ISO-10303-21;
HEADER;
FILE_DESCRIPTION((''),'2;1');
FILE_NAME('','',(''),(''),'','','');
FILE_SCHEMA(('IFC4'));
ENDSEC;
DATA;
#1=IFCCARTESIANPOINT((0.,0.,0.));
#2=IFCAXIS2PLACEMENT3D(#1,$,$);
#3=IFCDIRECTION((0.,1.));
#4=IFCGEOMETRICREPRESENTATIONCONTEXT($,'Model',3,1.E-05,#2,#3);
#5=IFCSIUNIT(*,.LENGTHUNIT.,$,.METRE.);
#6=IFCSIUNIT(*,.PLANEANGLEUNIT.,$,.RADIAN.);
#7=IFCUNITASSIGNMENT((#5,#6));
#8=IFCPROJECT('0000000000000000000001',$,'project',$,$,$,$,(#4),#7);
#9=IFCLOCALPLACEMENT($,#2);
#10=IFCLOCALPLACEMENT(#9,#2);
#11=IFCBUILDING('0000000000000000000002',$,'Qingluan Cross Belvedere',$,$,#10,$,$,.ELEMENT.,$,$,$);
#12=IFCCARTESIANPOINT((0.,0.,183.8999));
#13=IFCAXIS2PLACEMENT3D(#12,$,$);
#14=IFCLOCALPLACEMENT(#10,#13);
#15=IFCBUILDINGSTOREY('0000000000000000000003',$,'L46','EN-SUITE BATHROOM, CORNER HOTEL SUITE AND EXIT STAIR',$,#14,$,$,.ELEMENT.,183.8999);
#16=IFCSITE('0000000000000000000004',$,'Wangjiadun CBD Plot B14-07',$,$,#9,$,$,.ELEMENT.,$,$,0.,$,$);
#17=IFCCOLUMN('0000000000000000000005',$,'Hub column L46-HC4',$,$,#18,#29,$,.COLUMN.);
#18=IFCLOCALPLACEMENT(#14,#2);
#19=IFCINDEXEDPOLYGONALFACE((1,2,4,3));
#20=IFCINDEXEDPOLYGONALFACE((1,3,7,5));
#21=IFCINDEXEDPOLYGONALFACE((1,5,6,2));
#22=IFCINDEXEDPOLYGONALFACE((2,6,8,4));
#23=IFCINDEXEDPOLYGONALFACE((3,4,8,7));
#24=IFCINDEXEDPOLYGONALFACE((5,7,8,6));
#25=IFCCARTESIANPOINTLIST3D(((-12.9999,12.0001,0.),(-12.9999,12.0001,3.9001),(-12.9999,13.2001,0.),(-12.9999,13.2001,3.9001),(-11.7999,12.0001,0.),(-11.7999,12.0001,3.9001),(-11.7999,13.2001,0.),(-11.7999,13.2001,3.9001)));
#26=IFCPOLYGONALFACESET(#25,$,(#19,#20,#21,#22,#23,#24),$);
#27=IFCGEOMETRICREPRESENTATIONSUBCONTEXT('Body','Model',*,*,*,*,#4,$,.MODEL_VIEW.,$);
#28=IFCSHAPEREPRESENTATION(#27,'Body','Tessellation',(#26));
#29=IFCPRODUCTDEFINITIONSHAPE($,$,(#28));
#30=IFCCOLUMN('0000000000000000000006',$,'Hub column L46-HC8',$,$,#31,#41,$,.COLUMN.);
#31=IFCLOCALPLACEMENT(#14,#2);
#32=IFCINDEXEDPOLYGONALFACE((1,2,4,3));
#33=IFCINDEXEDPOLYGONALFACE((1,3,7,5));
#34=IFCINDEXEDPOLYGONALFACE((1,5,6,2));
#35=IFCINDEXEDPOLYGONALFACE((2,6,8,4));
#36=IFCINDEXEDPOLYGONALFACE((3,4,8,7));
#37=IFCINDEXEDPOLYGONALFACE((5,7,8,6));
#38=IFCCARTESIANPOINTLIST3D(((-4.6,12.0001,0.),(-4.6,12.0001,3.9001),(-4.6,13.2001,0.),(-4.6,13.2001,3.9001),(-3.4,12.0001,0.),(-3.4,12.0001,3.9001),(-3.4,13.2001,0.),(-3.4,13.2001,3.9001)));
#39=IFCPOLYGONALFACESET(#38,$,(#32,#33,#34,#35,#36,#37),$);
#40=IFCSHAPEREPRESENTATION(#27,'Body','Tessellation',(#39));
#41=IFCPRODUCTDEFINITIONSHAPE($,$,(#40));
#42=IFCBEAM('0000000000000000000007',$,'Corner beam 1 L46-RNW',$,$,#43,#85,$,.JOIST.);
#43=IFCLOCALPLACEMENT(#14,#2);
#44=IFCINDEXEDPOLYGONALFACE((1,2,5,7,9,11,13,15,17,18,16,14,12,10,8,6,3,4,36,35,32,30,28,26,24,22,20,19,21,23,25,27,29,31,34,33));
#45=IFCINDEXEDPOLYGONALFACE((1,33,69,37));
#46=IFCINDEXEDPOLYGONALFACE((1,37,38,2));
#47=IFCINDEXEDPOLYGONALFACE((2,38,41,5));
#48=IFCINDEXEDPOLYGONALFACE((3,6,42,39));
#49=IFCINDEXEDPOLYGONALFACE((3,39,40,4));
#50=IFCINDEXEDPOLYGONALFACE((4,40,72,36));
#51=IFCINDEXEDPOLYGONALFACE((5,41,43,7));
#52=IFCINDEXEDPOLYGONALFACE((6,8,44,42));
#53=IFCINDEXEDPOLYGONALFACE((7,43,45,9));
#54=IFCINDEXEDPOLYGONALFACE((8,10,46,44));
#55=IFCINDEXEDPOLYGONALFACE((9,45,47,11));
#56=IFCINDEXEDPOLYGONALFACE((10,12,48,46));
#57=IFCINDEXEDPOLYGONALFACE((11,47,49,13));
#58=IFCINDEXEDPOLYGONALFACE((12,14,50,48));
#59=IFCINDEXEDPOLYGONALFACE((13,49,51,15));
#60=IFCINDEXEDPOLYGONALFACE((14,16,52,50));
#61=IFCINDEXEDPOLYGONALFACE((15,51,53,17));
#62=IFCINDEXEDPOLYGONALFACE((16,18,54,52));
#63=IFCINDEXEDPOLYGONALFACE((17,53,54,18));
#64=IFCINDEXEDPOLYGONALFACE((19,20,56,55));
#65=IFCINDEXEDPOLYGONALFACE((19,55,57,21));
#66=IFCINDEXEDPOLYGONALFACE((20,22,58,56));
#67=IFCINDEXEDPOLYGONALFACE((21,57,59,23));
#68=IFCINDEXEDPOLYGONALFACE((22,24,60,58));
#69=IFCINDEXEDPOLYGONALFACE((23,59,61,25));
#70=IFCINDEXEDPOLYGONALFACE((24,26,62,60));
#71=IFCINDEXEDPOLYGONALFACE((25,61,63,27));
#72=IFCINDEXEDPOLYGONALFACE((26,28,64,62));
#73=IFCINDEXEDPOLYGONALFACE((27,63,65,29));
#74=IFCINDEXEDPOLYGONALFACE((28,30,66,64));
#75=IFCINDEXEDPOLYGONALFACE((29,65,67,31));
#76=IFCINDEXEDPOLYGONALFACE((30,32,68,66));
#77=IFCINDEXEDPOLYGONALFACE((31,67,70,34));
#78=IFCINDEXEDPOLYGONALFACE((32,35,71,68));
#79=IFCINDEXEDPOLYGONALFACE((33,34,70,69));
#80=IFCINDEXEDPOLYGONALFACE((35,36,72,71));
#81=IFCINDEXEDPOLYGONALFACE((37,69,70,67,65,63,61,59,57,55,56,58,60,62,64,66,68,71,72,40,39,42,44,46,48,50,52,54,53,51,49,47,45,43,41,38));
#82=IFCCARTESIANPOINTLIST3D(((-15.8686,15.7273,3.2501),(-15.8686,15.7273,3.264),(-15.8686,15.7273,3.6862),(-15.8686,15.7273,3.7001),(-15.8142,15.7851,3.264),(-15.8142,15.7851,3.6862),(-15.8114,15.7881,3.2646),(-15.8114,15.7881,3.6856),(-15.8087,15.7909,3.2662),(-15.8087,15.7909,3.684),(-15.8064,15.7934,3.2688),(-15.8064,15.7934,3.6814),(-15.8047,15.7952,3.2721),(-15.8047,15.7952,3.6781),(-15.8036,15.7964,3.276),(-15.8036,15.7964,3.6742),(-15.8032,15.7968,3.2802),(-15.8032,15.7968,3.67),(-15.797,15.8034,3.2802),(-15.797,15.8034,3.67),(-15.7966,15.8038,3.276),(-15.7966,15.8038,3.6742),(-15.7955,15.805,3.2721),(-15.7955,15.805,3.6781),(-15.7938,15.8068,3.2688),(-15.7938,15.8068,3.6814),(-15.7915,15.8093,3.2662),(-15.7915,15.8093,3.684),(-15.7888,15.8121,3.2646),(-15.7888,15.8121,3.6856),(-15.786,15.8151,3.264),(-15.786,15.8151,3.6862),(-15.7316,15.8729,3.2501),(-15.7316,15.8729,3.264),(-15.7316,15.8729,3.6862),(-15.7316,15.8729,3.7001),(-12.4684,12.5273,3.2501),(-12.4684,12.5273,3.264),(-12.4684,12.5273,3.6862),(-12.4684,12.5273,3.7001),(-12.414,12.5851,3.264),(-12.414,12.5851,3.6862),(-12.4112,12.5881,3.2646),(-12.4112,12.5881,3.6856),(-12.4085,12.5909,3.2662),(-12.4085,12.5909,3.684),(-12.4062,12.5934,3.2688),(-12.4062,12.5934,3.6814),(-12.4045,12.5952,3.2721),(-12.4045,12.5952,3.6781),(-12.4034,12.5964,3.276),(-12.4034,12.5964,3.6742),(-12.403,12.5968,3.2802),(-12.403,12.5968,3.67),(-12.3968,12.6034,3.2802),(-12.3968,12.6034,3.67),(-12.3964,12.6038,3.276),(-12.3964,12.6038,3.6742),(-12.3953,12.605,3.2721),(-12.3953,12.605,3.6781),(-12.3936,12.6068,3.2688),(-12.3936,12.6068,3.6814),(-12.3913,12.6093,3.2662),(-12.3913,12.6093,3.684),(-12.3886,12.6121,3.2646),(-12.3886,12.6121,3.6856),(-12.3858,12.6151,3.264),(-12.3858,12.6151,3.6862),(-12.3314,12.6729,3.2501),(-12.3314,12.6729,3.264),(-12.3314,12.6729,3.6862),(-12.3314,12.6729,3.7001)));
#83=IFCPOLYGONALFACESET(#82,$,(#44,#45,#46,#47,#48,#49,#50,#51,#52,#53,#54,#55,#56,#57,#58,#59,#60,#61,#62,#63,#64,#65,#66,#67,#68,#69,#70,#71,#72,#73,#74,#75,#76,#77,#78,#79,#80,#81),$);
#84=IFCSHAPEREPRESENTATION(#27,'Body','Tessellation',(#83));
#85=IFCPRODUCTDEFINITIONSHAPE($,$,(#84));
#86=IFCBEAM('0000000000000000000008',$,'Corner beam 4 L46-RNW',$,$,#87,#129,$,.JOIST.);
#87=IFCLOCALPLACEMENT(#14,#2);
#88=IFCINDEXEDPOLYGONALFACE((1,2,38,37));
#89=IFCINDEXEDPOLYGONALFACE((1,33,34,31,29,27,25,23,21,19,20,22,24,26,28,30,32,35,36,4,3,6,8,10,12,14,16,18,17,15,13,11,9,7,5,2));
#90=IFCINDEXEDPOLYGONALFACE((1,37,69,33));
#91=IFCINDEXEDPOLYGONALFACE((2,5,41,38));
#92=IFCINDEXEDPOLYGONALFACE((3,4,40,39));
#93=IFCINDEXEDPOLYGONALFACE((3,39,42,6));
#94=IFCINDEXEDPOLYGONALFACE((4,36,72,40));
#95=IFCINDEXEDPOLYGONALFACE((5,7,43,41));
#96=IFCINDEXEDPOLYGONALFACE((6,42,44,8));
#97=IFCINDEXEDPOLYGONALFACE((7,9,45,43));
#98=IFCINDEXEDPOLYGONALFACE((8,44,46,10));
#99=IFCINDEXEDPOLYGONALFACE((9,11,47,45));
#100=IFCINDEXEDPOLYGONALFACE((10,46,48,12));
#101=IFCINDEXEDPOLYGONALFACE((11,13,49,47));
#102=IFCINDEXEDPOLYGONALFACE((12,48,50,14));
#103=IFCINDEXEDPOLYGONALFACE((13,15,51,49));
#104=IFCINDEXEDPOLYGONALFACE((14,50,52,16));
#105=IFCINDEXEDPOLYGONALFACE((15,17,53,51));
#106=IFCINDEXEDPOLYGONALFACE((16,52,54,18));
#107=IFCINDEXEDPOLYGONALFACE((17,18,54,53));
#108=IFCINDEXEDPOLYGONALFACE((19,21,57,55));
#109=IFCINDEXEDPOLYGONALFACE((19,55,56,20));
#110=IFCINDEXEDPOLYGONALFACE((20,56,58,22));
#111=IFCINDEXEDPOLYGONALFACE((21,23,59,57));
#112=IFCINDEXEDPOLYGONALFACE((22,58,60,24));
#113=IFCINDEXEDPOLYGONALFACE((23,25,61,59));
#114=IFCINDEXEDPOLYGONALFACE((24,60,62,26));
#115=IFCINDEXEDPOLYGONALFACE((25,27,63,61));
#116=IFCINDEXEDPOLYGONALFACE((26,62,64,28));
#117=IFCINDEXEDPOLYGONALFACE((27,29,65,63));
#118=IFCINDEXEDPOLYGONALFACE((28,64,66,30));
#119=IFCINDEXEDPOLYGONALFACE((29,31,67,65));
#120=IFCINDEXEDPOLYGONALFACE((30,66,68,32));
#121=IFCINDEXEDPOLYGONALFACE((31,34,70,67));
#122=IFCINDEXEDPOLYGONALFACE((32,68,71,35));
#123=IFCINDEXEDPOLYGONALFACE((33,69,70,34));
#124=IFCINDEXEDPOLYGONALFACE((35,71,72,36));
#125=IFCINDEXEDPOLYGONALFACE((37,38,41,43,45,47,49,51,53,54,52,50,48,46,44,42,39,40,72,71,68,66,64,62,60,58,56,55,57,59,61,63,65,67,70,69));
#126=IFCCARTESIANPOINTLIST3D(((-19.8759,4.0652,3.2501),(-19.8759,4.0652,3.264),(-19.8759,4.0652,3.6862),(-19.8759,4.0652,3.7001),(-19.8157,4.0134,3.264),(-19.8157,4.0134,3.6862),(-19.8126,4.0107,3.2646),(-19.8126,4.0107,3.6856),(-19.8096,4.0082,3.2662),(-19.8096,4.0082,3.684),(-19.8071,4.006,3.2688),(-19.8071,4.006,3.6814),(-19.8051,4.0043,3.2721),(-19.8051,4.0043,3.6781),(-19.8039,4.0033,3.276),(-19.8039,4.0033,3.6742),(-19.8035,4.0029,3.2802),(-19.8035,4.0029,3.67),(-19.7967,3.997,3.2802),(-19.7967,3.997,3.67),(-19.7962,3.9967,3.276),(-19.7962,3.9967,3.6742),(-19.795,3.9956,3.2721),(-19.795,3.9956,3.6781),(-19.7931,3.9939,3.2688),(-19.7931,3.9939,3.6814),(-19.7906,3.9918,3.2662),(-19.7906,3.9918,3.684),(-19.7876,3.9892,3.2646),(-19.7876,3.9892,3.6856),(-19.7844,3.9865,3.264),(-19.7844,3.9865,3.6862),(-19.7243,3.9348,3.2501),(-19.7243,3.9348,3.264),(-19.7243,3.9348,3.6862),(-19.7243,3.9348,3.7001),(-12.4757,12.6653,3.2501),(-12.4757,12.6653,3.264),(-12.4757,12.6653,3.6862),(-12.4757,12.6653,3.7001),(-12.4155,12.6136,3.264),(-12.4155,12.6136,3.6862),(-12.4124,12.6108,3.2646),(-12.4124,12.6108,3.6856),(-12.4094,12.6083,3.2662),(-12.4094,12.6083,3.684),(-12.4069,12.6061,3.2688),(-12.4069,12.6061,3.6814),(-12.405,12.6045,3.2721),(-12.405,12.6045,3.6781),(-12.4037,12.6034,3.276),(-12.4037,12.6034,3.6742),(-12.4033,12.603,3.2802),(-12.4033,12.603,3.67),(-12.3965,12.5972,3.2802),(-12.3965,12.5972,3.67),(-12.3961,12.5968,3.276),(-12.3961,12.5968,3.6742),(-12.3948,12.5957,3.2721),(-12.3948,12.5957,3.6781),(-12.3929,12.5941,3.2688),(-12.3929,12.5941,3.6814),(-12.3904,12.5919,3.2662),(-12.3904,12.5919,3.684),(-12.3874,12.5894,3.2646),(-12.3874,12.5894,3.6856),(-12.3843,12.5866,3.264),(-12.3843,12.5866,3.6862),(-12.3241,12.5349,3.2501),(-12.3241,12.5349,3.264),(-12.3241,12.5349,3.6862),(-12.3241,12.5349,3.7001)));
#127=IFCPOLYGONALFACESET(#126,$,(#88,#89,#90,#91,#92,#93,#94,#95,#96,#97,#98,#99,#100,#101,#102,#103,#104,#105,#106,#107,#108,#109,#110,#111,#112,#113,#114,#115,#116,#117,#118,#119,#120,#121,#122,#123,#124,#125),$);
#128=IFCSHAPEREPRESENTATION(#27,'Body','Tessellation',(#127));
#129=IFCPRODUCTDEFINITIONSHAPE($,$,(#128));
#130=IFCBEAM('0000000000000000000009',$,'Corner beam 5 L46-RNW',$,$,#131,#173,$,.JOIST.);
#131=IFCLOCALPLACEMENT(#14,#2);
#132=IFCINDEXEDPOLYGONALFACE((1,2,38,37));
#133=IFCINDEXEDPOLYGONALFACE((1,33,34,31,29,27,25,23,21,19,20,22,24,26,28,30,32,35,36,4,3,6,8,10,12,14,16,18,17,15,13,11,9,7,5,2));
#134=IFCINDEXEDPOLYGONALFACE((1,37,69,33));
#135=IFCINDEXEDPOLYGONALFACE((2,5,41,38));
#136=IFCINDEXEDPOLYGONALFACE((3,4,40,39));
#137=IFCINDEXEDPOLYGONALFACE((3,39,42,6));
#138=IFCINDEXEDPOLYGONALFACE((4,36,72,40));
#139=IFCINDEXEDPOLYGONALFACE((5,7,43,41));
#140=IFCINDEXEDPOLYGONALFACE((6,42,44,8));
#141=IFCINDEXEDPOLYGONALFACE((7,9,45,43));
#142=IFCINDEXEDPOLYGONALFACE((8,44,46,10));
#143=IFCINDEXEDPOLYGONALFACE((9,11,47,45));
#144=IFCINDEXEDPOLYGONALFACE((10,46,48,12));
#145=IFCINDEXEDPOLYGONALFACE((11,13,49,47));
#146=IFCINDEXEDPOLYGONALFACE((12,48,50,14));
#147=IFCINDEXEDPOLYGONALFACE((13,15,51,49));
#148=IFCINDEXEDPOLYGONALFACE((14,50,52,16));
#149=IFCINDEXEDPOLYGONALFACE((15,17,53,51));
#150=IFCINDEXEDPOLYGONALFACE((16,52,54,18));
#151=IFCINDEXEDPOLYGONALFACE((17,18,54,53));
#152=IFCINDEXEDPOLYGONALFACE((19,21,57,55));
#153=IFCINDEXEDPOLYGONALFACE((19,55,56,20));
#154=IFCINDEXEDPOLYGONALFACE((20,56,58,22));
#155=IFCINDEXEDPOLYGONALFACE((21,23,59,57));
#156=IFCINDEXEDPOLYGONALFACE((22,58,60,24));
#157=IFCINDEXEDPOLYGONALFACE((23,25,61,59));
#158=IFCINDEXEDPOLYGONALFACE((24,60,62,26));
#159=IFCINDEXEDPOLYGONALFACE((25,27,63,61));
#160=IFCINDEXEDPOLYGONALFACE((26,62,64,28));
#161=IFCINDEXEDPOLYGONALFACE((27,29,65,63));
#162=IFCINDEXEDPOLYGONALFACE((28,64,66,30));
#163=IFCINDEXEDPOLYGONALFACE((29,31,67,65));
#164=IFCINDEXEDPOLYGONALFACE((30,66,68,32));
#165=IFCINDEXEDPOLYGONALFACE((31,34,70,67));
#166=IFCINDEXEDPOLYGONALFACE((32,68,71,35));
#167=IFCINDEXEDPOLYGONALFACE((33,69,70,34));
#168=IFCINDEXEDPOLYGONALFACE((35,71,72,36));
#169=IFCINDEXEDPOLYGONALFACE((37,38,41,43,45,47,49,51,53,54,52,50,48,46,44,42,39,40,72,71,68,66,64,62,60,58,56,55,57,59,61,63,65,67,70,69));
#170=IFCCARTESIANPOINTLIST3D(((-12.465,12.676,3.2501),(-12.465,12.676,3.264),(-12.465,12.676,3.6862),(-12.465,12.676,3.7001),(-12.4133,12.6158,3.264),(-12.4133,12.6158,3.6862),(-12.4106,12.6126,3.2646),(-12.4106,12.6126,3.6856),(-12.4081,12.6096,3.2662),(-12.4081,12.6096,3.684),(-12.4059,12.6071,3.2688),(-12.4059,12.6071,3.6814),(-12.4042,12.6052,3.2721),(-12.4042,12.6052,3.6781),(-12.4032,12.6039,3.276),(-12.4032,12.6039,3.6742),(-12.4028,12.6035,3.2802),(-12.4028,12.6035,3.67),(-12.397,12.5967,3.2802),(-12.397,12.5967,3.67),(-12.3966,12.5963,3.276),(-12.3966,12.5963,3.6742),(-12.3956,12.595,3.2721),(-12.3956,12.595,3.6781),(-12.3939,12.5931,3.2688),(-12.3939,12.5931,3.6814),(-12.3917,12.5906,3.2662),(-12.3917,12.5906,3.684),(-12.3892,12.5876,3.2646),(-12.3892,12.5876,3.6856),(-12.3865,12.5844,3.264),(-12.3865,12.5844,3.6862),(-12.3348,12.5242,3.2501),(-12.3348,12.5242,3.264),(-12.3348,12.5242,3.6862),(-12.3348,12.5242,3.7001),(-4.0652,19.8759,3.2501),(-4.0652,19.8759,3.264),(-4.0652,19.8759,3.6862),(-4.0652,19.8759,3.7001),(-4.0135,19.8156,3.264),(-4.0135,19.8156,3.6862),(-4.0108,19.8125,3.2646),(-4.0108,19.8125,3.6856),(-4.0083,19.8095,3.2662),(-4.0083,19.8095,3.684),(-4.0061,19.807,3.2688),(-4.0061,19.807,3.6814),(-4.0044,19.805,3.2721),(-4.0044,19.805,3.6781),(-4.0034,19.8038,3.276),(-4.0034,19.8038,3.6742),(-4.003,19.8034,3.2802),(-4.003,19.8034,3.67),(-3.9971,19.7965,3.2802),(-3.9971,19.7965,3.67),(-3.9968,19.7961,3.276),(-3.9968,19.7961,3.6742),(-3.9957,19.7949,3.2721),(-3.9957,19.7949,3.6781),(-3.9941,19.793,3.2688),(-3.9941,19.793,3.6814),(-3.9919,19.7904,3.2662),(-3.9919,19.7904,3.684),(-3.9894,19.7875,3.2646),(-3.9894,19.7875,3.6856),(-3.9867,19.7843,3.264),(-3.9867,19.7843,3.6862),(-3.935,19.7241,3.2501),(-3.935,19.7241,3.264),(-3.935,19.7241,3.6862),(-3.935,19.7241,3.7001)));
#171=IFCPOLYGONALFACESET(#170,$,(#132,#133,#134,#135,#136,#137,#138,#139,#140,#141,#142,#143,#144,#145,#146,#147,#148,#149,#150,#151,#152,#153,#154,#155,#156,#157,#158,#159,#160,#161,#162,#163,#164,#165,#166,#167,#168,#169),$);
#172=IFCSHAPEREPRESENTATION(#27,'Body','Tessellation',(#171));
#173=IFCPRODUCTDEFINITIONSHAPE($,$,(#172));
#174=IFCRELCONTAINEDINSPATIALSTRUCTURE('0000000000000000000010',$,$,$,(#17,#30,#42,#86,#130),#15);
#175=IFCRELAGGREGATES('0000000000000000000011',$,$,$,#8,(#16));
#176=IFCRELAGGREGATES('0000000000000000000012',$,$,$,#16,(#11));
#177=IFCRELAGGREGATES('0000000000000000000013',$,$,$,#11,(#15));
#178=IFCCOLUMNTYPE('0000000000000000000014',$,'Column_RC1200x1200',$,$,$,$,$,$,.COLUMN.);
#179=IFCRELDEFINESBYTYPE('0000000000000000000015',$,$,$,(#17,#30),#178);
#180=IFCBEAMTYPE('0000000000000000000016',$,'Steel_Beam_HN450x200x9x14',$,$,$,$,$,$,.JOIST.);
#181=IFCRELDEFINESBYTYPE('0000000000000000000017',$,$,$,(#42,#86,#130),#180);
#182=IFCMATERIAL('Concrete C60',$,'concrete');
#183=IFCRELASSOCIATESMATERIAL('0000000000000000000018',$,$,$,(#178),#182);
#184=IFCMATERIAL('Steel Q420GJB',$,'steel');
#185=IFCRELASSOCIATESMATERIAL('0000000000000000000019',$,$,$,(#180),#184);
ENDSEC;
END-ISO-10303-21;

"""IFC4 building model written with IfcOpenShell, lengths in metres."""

from ifc_helpers import new_model, si_unit, direction, frame, origin, origin_2d, place, context, subcontext, project, spatial, rectangle, i_section, extrude, material, material_profile, profile_set, type_object, element, save


model = new_model("IFC4")

# Units and contexts
model_context = context("Model", 3, precision=1e-05, world=origin(), true_north=direction((0.0, 1.0)))
body_context = subcontext(model_context, "Body", "Model", "MODEL_VIEW")
ifc_project = project(units=[si_unit("LENGTHUNIT", "METRE"), si_unit("PLANEANGLEUNIT", "RADIAN")], contexts=[model_context])

# Site, building, storey
site_placement = place(None, origin())
site = spatial("IfcSite", under=ifc_project, at=site_placement, Name="Wangjiadun CBD Plot B14-07", CompositionType="ELEMENT", RefElevation=0.0)
building_placement = place(site_placement, origin())
building = spatial("IfcBuilding", under=site, at=building_placement, Name="Qingluan Cross Belvedere", CompositionType="ELEMENT")
storey_placement = place(building_placement, frame((0.0, 0.0, 183.8999)))
storey = spatial("IfcBuildingStorey", under=building, at=storey_placement, Name="L46", Description="EN-SUITE BATHROOM, CORNER HOTEL SUITE AND EXIT STAIR", CompositionType="ELEMENT", Elevation=183.8999)

# Columns
ifc_material_1 = material(Name="Concrete C60", Category="concrete")
ifc_material_profile_1 = material_profile(ifc_material_1, rectangle(XDim=1.2, YDim=1.2, at=origin_2d()), Name="RC1200x1200")
ifc_profile_set_1 = profile_set([ifc_material_profile_1], Name="Concrete C60")
column_type = type_object("IfcColumnType", Name="Column_RC1200x1200", PredefinedType="COLUMN", material=ifc_profile_set_1)
for number, where, z_axis, x_axis, name in (
    (1, (-12.3999, 12.6001, 0.0), (0.0, 0.0, 1.0), (1.0, 0.0, 0.0), "Hub column L46-HC4"),
    (2, (-4.0, 12.6001, 0.0), (0.0, 0.0, 1.0), (1.0, 0.0, 0.0), "Hub column L46-HC8"),
):
    element("IfcColumn", number, at=place(storey_placement, frame(where, z_axis=z_axis, x_axis=x_axis)), inside=storey, type_object=column_type, Name=name, PredefinedType="COLUMN", context=body_context, shape_type="SweptSolid", body=[
        extrude(rectangle(XDim=1.2, YDim=1.2, at=origin_2d()), origin(), (0.0, 0.0, 1.0), 3.9001),
    ])

# Beams
ifc_material_2 = material(Name="Steel Q420GJB", Category="steel")
ifc_material_profile_2 = material_profile(ifc_material_2, i_section(OverallWidth=0.2, OverallDepth=0.45, WebThickness=0.009, FlangeThickness=0.0139, FilletRadius=0.0161, at=origin_2d()), Name="HN450x200x9x14")
ifc_profile_set_2 = profile_set([ifc_material_profile_2], Name="Steel Q420GJB")
beam_type_1 = type_object("IfcBeamType", Name="Steel_Beam_HN450x200x9x14", PredefinedType="JOIST", material=ifc_profile_set_2)
beam_1_placement = place(storey_placement, frame((-12.3999, 12.6001, 3.4751), z_axis=(-0.72822, 0.685343, 0.0), x_axis=(-0.685343, -0.72822, 0.0)))
element("IfcBeam", 3, at=beam_1_placement, inside=storey, type_object=beam_type_1, Name="Corner beam 1 L46-RNW", PredefinedType="JOIST", context=body_context, shape_type="SweptSolid", body=[
    extrude(i_section(OverallWidth=0.2, OverallDepth=0.45, WebThickness=0.009, FlangeThickness=0.0139, FilletRadius=0.0161, at=origin_2d()), origin(), (0.0, 0.0, 1.0), 4.6692),
])
beam_2_placement = place(storey_placement, frame((-12.3999, 12.6001, 3.4751), z_axis=(-0.652245, -0.758008, 0.0), x_axis=(0.758008, -0.652245, 0.0)))
element("IfcBeam", 4, at=beam_2_placement, inside=storey, type_object=beam_type_1, Name="Corner beam 4 L46-RNW", PredefinedType="JOIST", context=body_context, shape_type="SweptSolid", body=[
    extrude(i_section(OverallWidth=0.2, OverallDepth=0.45, WebThickness=0.009, FlangeThickness=0.0139, FilletRadius=0.0161, at=origin_2d()), origin(), (0.0, 0.0, 1.0), 11.3457),
])
beam_3_placement = place(storey_placement, frame((-12.3999, 12.6001, 3.4751), z_axis=(0.759255, 0.650793, 0.0), x_axis=(-0.650793, 0.759255, 0.0)))
element("IfcBeam", 5, at=beam_3_placement, inside=storey, type_object=beam_type_1, Name="Corner beam 5 L46-RNW", PredefinedType="JOIST", context=body_context, shape_type="SweptSolid", body=[
    extrude(i_section(OverallWidth=0.2, OverallDepth=0.45, WebThickness=0.009, FlangeThickness=0.0139, FilletRadius=0.0161, at=origin_2d()), origin(), (0.0, 0.0, 1.0), 11.0632),
])

save(model, "model.ifc")
